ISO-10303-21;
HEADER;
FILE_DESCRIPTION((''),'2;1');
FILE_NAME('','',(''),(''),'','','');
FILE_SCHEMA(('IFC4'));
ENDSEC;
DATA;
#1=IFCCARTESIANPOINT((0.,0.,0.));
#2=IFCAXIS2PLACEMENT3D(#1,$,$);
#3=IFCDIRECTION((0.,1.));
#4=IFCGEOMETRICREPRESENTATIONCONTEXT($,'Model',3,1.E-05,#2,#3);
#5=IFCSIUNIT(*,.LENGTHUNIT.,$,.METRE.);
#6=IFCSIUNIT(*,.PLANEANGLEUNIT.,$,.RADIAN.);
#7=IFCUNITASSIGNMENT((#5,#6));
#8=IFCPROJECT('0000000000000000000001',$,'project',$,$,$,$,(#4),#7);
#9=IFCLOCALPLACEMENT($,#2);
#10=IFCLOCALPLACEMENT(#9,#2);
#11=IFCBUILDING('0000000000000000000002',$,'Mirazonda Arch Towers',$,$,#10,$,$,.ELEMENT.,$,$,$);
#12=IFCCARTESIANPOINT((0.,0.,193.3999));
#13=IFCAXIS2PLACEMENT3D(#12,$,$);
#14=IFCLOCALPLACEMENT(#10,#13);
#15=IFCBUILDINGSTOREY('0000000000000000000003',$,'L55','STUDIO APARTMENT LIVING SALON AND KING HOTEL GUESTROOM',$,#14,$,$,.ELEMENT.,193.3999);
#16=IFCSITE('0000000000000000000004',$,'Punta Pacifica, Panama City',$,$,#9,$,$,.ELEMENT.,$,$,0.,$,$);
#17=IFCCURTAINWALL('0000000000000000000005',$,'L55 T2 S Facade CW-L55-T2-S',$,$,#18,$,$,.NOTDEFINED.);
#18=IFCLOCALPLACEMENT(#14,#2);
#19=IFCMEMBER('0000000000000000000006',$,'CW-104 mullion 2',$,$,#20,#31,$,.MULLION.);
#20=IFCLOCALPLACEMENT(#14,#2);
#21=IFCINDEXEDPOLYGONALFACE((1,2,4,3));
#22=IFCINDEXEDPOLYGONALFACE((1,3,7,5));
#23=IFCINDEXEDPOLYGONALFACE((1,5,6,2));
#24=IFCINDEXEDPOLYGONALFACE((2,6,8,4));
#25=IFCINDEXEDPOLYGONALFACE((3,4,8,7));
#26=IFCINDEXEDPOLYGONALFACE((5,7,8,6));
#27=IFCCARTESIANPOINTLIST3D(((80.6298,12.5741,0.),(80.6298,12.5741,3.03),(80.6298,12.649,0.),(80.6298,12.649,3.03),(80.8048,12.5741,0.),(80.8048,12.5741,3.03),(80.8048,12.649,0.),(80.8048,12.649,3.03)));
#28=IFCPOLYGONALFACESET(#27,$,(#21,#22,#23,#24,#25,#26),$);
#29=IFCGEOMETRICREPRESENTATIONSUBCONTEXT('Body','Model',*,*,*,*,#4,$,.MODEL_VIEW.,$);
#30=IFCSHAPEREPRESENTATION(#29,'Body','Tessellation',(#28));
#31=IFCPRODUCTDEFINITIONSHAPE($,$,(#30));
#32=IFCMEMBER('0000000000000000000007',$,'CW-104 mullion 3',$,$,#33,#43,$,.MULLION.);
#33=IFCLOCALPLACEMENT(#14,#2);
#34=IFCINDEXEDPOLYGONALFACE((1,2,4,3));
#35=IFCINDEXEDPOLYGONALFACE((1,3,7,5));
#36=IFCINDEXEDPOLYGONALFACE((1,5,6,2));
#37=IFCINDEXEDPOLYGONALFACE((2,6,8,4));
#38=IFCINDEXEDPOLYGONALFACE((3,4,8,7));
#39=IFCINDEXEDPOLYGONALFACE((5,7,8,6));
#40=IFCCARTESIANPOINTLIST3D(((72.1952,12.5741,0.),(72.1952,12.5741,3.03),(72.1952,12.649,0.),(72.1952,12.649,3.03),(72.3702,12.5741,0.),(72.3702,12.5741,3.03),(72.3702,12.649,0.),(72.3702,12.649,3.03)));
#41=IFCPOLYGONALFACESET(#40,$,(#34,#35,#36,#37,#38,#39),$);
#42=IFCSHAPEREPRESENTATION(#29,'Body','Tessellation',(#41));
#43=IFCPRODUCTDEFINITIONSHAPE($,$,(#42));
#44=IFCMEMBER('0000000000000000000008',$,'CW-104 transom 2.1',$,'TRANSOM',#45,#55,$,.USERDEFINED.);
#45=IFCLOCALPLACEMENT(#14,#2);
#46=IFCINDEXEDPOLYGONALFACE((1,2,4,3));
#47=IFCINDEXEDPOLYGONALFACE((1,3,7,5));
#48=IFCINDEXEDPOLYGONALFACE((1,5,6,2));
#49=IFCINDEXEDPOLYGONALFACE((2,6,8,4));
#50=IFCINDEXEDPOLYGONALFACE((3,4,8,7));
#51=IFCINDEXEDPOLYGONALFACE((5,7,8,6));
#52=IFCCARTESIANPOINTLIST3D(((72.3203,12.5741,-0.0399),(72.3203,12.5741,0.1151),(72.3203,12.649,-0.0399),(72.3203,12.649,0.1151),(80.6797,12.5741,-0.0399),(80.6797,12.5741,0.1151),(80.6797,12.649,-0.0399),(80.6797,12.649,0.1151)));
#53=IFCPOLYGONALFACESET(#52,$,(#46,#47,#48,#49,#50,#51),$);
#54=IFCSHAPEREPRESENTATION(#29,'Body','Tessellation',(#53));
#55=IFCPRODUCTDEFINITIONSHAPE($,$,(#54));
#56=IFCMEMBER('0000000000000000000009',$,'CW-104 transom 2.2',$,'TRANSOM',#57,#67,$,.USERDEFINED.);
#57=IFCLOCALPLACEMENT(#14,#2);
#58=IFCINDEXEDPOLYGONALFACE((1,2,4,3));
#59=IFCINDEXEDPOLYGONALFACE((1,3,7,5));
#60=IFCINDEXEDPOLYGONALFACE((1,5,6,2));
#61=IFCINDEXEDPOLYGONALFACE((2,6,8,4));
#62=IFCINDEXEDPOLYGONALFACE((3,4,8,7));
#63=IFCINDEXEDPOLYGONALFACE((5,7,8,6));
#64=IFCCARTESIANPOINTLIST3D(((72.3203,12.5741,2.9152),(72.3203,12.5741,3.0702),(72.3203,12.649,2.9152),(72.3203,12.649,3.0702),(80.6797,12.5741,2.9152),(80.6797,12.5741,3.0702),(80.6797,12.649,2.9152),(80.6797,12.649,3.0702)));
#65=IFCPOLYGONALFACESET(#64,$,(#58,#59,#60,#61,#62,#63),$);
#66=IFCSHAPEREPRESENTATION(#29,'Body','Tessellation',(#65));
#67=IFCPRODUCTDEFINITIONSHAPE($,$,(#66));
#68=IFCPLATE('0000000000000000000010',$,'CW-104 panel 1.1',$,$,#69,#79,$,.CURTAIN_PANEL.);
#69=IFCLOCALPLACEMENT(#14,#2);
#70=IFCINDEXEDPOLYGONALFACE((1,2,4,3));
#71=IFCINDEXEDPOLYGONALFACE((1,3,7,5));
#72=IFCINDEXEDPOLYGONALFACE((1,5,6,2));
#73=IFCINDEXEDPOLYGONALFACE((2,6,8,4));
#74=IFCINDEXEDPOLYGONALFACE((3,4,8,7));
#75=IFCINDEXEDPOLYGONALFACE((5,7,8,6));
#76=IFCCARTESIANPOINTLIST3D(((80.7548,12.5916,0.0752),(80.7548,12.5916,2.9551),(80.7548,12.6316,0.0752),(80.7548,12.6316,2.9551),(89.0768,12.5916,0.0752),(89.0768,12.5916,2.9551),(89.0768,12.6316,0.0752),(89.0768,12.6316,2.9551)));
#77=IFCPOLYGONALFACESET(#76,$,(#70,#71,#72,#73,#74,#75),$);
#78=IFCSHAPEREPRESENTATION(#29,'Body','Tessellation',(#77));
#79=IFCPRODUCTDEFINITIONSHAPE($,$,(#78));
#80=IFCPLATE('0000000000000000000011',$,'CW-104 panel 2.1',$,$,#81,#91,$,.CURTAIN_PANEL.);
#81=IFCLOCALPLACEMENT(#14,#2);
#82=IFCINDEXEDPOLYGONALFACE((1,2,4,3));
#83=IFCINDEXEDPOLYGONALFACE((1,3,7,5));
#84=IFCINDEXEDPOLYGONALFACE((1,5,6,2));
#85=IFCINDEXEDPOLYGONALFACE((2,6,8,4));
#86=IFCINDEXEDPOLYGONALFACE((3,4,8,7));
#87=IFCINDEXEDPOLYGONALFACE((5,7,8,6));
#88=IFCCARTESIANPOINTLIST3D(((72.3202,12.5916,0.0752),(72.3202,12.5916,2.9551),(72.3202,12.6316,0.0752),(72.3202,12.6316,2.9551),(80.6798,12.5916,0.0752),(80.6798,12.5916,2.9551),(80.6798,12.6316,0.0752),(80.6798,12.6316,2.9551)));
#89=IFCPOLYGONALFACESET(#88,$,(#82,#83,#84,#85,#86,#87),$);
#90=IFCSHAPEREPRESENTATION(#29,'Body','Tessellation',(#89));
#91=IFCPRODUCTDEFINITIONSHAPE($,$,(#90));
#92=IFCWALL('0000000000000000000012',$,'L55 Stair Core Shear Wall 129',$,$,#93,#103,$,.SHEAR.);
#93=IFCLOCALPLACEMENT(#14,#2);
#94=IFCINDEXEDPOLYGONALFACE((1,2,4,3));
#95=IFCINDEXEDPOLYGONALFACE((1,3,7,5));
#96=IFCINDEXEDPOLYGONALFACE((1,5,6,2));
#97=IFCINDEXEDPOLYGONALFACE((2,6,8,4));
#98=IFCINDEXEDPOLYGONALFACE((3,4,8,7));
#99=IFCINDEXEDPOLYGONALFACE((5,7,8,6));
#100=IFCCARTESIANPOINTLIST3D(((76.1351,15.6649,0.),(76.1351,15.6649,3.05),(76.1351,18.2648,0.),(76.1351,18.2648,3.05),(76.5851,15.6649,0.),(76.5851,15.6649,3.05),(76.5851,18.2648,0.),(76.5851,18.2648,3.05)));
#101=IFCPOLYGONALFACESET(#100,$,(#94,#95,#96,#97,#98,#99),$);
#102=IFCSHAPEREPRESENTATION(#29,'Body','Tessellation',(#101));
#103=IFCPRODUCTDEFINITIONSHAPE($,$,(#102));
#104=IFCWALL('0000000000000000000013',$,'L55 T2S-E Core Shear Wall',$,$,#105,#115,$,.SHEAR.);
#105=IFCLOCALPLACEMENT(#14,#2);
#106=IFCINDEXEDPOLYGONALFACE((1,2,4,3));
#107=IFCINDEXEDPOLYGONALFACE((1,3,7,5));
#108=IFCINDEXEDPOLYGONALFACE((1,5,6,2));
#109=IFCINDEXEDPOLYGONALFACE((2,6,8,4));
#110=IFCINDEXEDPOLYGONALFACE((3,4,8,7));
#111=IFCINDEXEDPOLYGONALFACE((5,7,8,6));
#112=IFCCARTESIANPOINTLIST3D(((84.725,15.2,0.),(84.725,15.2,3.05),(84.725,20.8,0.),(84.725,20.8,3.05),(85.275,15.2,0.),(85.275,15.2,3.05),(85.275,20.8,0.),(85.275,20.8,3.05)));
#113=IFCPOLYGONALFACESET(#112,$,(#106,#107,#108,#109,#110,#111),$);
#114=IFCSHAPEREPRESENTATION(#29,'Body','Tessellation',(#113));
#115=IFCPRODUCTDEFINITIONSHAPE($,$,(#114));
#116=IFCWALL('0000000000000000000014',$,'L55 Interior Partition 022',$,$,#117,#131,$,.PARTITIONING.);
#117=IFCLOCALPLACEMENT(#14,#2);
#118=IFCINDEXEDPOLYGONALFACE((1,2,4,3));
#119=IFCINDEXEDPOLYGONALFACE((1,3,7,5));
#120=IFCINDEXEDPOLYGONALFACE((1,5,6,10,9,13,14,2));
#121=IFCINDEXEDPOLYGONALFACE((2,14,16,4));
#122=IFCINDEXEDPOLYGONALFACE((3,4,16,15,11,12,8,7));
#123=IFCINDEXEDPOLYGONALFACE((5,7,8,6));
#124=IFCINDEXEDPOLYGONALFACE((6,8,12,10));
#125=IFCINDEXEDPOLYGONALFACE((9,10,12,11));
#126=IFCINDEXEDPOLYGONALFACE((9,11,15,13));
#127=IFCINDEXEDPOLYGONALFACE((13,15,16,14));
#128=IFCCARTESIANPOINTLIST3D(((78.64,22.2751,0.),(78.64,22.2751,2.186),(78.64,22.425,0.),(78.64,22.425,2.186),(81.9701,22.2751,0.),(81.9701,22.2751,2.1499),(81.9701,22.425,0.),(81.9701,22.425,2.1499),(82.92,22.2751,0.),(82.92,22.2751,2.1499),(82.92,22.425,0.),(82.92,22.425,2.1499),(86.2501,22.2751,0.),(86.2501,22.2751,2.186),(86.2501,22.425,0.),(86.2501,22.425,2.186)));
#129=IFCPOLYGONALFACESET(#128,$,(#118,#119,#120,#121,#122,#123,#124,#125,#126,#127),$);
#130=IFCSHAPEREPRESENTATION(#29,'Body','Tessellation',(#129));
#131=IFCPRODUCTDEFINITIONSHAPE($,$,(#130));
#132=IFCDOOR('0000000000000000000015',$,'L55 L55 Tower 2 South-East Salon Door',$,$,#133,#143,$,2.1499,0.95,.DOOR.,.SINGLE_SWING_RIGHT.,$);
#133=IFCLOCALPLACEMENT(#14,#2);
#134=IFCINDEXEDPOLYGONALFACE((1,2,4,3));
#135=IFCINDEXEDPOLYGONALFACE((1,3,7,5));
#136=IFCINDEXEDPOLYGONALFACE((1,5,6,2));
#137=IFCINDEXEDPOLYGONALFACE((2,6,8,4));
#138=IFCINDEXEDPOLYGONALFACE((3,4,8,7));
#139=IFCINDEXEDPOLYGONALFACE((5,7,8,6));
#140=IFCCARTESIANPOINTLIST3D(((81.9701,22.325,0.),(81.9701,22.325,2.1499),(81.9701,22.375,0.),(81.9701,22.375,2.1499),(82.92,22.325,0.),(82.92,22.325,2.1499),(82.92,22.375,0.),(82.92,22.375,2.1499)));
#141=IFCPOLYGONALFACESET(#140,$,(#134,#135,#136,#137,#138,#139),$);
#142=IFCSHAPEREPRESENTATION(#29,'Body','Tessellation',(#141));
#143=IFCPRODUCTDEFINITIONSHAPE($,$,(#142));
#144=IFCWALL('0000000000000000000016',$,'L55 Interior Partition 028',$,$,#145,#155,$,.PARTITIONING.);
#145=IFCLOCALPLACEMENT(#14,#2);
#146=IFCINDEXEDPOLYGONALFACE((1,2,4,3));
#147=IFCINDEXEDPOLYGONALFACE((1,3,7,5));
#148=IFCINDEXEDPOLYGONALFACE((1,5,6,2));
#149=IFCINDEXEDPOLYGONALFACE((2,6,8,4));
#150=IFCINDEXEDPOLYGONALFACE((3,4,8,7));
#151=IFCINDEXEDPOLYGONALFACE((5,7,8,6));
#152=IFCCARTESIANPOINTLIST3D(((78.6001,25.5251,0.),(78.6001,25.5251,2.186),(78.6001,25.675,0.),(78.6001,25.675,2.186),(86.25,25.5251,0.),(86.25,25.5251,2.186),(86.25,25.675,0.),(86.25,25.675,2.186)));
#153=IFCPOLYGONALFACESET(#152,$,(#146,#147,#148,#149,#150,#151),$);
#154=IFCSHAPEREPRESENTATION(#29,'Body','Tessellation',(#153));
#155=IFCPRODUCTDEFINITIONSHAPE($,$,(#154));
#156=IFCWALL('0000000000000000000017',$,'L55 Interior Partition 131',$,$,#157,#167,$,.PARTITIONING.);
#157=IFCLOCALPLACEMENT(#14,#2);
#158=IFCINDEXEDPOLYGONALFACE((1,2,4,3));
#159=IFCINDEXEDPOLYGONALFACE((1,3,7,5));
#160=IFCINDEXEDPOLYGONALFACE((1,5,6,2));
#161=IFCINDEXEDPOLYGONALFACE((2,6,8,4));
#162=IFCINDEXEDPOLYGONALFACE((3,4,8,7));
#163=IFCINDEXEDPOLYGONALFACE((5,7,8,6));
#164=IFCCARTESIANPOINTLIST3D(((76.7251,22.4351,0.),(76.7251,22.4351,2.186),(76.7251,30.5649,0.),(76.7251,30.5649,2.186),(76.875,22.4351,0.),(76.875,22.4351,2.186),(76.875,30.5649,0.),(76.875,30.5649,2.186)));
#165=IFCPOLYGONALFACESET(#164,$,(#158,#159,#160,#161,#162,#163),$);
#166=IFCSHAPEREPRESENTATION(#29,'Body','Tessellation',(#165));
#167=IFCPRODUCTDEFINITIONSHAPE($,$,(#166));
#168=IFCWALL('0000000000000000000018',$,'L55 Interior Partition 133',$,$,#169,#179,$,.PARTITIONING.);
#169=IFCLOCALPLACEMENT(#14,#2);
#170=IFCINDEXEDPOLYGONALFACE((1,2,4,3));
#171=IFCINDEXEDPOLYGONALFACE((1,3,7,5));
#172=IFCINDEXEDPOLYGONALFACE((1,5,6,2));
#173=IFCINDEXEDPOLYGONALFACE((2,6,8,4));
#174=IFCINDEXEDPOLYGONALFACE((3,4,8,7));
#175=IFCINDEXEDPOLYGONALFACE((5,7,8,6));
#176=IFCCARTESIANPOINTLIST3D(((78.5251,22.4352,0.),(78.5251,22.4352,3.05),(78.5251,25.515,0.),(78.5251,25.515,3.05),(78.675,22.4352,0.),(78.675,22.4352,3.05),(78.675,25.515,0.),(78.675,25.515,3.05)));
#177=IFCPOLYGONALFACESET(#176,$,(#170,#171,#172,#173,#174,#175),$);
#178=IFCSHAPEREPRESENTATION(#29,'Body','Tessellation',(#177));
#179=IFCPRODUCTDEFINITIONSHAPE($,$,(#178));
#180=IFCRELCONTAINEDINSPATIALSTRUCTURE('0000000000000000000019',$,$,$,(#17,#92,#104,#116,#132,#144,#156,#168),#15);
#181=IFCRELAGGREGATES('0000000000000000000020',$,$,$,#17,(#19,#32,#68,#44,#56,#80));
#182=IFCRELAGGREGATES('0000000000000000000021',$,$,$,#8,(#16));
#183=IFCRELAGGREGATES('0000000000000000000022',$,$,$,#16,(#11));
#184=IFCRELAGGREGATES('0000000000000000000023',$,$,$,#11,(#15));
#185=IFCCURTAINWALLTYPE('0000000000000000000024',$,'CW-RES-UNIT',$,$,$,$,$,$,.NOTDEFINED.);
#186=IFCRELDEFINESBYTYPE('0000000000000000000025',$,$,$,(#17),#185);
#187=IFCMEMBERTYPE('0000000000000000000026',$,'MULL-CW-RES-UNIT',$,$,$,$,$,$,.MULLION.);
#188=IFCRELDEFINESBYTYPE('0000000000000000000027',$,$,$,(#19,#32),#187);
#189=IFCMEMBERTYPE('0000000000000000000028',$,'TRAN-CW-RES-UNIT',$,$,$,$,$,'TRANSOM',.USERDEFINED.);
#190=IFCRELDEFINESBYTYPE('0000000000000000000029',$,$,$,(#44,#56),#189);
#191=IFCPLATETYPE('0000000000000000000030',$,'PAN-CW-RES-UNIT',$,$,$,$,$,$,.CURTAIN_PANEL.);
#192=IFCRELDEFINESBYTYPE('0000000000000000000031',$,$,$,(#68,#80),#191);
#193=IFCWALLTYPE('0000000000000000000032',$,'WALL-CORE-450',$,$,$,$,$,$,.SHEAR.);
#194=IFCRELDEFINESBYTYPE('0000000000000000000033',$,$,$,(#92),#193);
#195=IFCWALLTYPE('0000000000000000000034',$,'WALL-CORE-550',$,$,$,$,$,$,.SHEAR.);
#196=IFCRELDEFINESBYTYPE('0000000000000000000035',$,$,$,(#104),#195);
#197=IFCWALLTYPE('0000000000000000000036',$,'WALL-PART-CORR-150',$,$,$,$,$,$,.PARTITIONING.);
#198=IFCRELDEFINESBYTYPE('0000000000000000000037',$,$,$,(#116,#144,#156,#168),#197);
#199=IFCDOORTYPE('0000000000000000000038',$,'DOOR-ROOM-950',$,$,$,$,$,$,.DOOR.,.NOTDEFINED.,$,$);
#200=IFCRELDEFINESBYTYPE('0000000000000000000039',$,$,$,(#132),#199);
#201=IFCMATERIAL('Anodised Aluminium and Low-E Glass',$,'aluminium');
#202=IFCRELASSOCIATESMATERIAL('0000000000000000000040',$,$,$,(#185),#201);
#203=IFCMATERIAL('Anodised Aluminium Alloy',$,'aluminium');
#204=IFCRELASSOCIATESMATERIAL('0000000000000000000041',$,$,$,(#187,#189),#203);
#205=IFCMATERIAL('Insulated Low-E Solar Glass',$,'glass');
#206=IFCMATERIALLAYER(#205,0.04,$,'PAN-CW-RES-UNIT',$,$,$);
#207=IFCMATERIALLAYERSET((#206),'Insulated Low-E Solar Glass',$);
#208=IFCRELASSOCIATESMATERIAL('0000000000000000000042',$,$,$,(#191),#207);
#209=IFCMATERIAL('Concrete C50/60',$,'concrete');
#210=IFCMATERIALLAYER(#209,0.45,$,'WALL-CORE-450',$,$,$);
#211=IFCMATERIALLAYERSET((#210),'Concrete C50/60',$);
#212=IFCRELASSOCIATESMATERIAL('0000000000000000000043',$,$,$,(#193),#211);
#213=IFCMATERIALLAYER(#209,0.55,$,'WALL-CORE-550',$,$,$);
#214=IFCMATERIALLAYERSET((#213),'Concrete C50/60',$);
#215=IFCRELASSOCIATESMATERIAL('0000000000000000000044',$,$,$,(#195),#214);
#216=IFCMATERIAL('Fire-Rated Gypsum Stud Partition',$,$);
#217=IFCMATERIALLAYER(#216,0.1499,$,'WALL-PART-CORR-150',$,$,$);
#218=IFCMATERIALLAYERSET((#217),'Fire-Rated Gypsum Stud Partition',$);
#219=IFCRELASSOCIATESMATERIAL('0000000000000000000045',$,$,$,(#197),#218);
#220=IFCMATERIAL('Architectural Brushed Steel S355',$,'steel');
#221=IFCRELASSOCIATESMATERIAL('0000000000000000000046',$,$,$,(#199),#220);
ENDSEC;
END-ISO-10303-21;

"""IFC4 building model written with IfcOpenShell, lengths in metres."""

from ifc_helpers import new_model, si_unit, direction, frame, frame_2d, origin, origin_2d, place, context, subcontext, project, spatial, rectangle, extrude, material, layer, layer_set, material_profile, profile_set, type_object, element, fill, aggregate, save


model = new_model("IFC4")

# Units and contexts
model_context = context("Model", 3, precision=1e-05, world=origin(), true_north=direction((0.0, 1.0)))
body_context = subcontext(model_context, "Body", "Model", "MODEL_VIEW")
ifc_project = project(units=[si_unit("LENGTHUNIT", "METRE"), si_unit("PLANEANGLEUNIT", "RADIAN")], contexts=[model_context])

# Site, building, storey
site_placement = place(None, origin())
site = spatial("IfcSite", under=ifc_project, at=site_placement, Name="Punta Pacifica, Panama City", CompositionType="ELEMENT", RefElevation=0.0)
building_placement = place(site_placement, origin())
building = spatial("IfcBuilding", under=site, at=building_placement, Name="Mirazonda Arch Towers", CompositionType="ELEMENT")
storey_placement = place(building_placement, frame((0.0, 0.0, 193.3999)))
storey = spatial("IfcBuildingStorey", under=building, at=storey_placement, Name="L55", Description="STUDIO APARTMENT LIVING SALON AND KING HOTEL GUESTROOM", CompositionType="ELEMENT", Elevation=193.3999)

# Shared definitions
ifc_material_1 = material(Name="Concrete C50/60", Category="concrete")

# Curtain wall, members, plates
ifc_material_2 = material(Name="Anodised Aluminium and Low-E Glass", Category="aluminium")
curtain_wall_type = type_object("IfcCurtainWallType", Name="CW-RES-UNIT", PredefinedType="NOTDEFINED", material=ifc_material_2)
curtain_wall_placement = place(storey_placement, origin())
curtain_wall = element("IfcCurtainWall", 1, at=curtain_wall_placement, inside=storey, type_object=curtain_wall_type, Name="L55 T2 S Facade CW-L55-T2-S", PredefinedType="NOTDEFINED")
ifc_material_3 = material(Name="Anodised Aluminium Alloy", Category="aluminium")
ifc_material_profile_1 = material_profile(ifc_material_3, rectangle(XDim=0.075, YDim=0.175, at=origin_2d()), Name="ALU-MULL-75x175")
ifc_profile_set_1 = profile_set([ifc_material_profile_1], Name="Anodised Aluminium Alloy")
member_type_1 = type_object("IfcMemberType", Name="MULL-CW-RES-UNIT", PredefinedType="MULLION", material=ifc_profile_set_1)
member_1_placement = place(storey_placement, frame((80.7173, 12.6116, 0.0), z_axis=(0.0, 0.0, 1.0), x_axis=(0.0, -1.0, 0.0)))
member_1 = element("IfcMember", 2, at=member_1_placement, type_object=member_type_1, Name="CW-104 mullion 2", PredefinedType="MULLION", context=body_context, shape_type="SweptSolid", body=[
    extrude(rectangle(XDim=0.075, YDim=0.175, at=origin_2d()), origin(), (0.0, 0.0, 1.0), 3.03),
])
member_2_placement = place(storey_placement, frame((72.2827, 12.6116, 0.0), z_axis=(0.0, 0.0, 1.0), x_axis=(0.0, -1.0, 0.0)))
member_2 = element("IfcMember", 3, at=member_2_placement, type_object=member_type_1, Name="CW-104 mullion 3", PredefinedType="MULLION", context=body_context, shape_type="SweptSolid", body=[
    extrude(rectangle(XDim=0.075, YDim=0.175, at=origin_2d()), origin(), (0.0, 0.0, 1.0), 3.03),
])
ifc_material_profile_2 = material_profile(ifc_material_3, rectangle(XDim=0.075, YDim=0.155, at=origin_2d()), Name="ALU-TRAN-75x155")
ifc_profile_set_2 = profile_set([ifc_material_profile_2], Name="Anodised Aluminium Alloy")
member_type_2 = type_object("IfcMemberType", Name="TRAN-CW-RES-UNIT", ElementType="TRANSOM", PredefinedType="USERDEFINED", material=ifc_profile_set_2)
member_3_placement = place(storey_placement, frame((80.6797, 12.6116, 0.0376), z_axis=(-1.0, 0.0, 0.0), x_axis=(0.0, -1.0, 0.0)))
member_3 = element("IfcMember", 4, at=member_3_placement, type_object=member_type_2, Name="CW-104 transom 2.1", ObjectType="TRANSOM", PredefinedType="USERDEFINED", context=body_context, shape_type="SweptSolid", body=[
    extrude(rectangle(XDim=0.075, YDim=0.155, at=origin_2d()), origin(), (0.0, 0.0, 1.0), 8.3594),
])
member_4_placement = place(storey_placement, frame((80.6797, 12.6116, 2.9927), z_axis=(-1.0, 0.0, 0.0), x_axis=(0.0, -1.0, 0.0)))
member_4 = element("IfcMember", 5, at=member_4_placement, type_object=member_type_2, Name="CW-104 transom 2.2", ObjectType="TRANSOM", PredefinedType="USERDEFINED", context=body_context, shape_type="SweptSolid", body=[
    extrude(rectangle(XDim=0.075, YDim=0.155, at=origin_2d()), origin(), (0.0, 0.0, 1.0), 8.3594),
])
ifc_material_4 = material(Name="Insulated Low-E Solar Glass", Category="glass")
ifc_layer_1 = layer(ifc_material_4, 0.04, Name="PAN-CW-RES-UNIT")
ifc_layer_set_1 = layer_set([ifc_layer_1], Name="Insulated Low-E Solar Glass")
plate_type = type_object("IfcPlateType", Name="PAN-CW-RES-UNIT", PredefinedType="CURTAIN_PANEL", material=ifc_layer_set_1)
plate_1_placement = place(storey_placement, frame((84.9158, 12.6116, 0.0752), z_axis=(0.0, 0.0, 1.0), x_axis=(-1.0, 0.0, 0.0)))
plate_1 = element("IfcPlate", 6, at=plate_1_placement, type_object=plate_type, Name="CW-104 panel 1.1", PredefinedType="CURTAIN_PANEL", context=body_context, shape_type="SweptSolid", body=[
    extrude(rectangle(XDim=8.322, YDim=0.04, at=origin_2d()), origin(), (0.0, 0.0, 1.0), 2.8799),
])
plate_2_placement = place(storey_placement, frame((76.5, 12.6116, 0.0752), z_axis=(0.0, 0.0, 1.0), x_axis=(-1.0, 0.0, 0.0)))
plate_2 = element("IfcPlate", 7, at=plate_2_placement, type_object=plate_type, Name="CW-104 panel 2.1", PredefinedType="CURTAIN_PANEL", context=body_context, shape_type="SweptSolid", body=[
    extrude(rectangle(XDim=8.3596, YDim=0.04, at=origin_2d()), origin(), (0.0, 0.0, 1.0), 2.8799),
])
aggregate(curtain_wall, [member_1, member_2, plate_1, member_3, member_4, plate_2])

# Walls
ifc_layer_2 = layer(ifc_material_1, 0.45, Name="WALL-CORE-450")
ifc_layer_set_2 = layer_set([ifc_layer_2], Name="Concrete C50/60")
wall_type_1 = type_object("IfcWallType", Name="WALL-CORE-450", PredefinedType="SHEAR", material=ifc_layer_set_2)
wall_1_placement = place(storey_placement, frame((76.3601, 15.665, 0.0), z_axis=(0.0, 0.0, 1.0), x_axis=(0.0, 1.0, 0.0)))
element("IfcWall", 8, at=wall_1_placement, inside=storey, type_object=wall_type_1, Name="L55 Stair Core Shear Wall 129", PredefinedType="SHEAR", context=body_context, shape_type="SweptSolid", body=[
    extrude(rectangle(XDim=2.5999, YDim=0.45, at=frame_2d((1.2998, 0.0))), origin(), (0.0, 0.0, 1.0), 3.05),
])
ifc_layer_3 = layer(ifc_material_1, 0.55, Name="WALL-CORE-550")
ifc_layer_set_3 = layer_set([ifc_layer_3], Name="Concrete C50/60")
wall_type_2 = type_object("IfcWallType", Name="WALL-CORE-550", PredefinedType="SHEAR", material=ifc_layer_set_3)
wall_2_placement = place(storey_placement, frame((85.0, 15.2, 0.0), z_axis=(0.0, 0.0, 1.0), x_axis=(0.0, 1.0, 0.0)))
element("IfcWall", 9, at=wall_2_placement, inside=storey, type_object=wall_type_2, Name="L55 T2S-E Core Shear Wall", PredefinedType="SHEAR", context=body_context, shape_type="SweptSolid", body=[
    extrude(rectangle(XDim=5.6001, YDim=0.55, at=frame_2d((2.8, 0.0))), origin(), (0.0, 0.0, 1.0), 3.05),
])

# Wall, opening, door
ifc_material_5 = material(Name="Fire-Rated Gypsum Stud Partition")
ifc_layer_4 = layer(ifc_material_5, 0.1499, Name="WALL-PART-CORR-150")
ifc_layer_set_4 = layer_set([ifc_layer_4], Name="Fire-Rated Gypsum Stud Partition")
wall_type_3 = type_object("IfcWallType", Name="WALL-PART-CORR-150", PredefinedType="PARTITIONING", material=ifc_layer_set_4)
wall_3_placement = place(storey_placement, frame((78.6399, 22.3501, 0.0), z_axis=(0.0, 0.0, 1.0), x_axis=(1.0, 0.0, 0.0)))
wall_3 = element("IfcWall", 10, at=wall_3_placement, inside=storey, type_object=wall_type_3, Name="L55 Interior Partition 022", PredefinedType="PARTITIONING", context=body_context, shape_type="SweptSolid", body=[
    extrude(rectangle(XDim=7.6101, YDim=0.1499, at=frame_2d((3.8052, 0.0))), origin(), (0.0, 0.0, 1.0), 2.186),
])
opening_placement = place(wall_3_placement, frame((3.3301, 0.0, 0.0)))
opening = element("IfcOpeningElement", 11, at=opening_placement, cuts=wall_3, PredefinedType="OPENING", context=body_context, shape_type="SweptSolid", body=[
    extrude(rectangle(XDim=0.95, YDim=2.1499, at=frame_2d((0.4751, 1.075))), frame((0.0, 0.085, 0.0), z_axis=(0.0, -1.0, 0.0), x_axis=(1.0, 0.0, 0.0)), (0.0, 0.0, 1.0), 0.1699),
])
ifc_material_6 = material(Name="Architectural Brushed Steel S355", Category="steel")
door_type = type_object("IfcDoorType", Name="DOOR-ROOM-950", OperationType="NOTDEFINED", PredefinedType="DOOR", material=ifc_material_6)
door_placement = place(opening_placement, origin())
door = element("IfcDoor", 12, at=door_placement, inside=storey, type_object=door_type, Name="L55 L55 Tower 2 South-East Salon Door", OperationType="SINGLE_SWING_RIGHT", OverallHeight=2.1499, OverallWidth=0.95, PredefinedType="DOOR", context=body_context, shape_type="SweptSolid", body=[
    extrude(rectangle(XDim=0.95, YDim=2.1499, at=frame_2d((0.4751, 1.075))), frame((0.0, 0.0249, 0.0), z_axis=(0.0, -1.0, 0.0), x_axis=(1.0, 0.0, 0.0)), (0.0, 0.0, 1.0), 0.05),
])
fill(opening, door)

# Walls
wall_4_placement = place(storey_placement, frame((78.6001, 25.6001, 0.0), z_axis=(0.0, 0.0, 1.0), x_axis=(1.0, 0.0, 0.0)))
element("IfcWall", 13, at=wall_4_placement, inside=storey, type_object=wall_type_3, Name="L55 Interior Partition 028", PredefinedType="PARTITIONING", context=body_context, shape_type="SweptSolid", body=[
    extrude(rectangle(XDim=7.6499, YDim=0.1499, at=frame_2d((3.825, 0.0))), origin(), (0.0, 0.0, 1.0), 2.186),
])
wall_5_placement = place(storey_placement, frame((76.8, 22.4351, 0.0), z_axis=(0.0, 0.0, 1.0), x_axis=(0.0, 1.0, 0.0)))
element("IfcWall", 14, at=wall_5_placement, inside=storey, type_object=wall_type_3, Name="L55 Interior Partition 131", PredefinedType="PARTITIONING", context=body_context, shape_type="SweptSolid", body=[
    extrude(rectangle(XDim=8.1299, YDim=0.1499, at=frame_2d((4.0649, 0.0))), origin(), (0.0, 0.0, 1.0), 2.186),
])
wall_6_placement = place(storey_placement, frame((78.6001, 22.4351, 0.0), z_axis=(0.0, 0.0, 1.0), x_axis=(0.0, 1.0, 0.0)))
element("IfcWall", 15, at=wall_6_placement, inside=storey, type_object=wall_type_3, Name="L55 Interior Partition 133", PredefinedType="PARTITIONING", context=body_context, shape_type="SweptSolid", body=[
    extrude(rectangle(XDim=3.0798, YDim=0.1499, at=frame_2d((1.54, 0.0))), origin(), (0.0, 0.0, 1.0), 3.05),
])

save(model, "model.ifc")
